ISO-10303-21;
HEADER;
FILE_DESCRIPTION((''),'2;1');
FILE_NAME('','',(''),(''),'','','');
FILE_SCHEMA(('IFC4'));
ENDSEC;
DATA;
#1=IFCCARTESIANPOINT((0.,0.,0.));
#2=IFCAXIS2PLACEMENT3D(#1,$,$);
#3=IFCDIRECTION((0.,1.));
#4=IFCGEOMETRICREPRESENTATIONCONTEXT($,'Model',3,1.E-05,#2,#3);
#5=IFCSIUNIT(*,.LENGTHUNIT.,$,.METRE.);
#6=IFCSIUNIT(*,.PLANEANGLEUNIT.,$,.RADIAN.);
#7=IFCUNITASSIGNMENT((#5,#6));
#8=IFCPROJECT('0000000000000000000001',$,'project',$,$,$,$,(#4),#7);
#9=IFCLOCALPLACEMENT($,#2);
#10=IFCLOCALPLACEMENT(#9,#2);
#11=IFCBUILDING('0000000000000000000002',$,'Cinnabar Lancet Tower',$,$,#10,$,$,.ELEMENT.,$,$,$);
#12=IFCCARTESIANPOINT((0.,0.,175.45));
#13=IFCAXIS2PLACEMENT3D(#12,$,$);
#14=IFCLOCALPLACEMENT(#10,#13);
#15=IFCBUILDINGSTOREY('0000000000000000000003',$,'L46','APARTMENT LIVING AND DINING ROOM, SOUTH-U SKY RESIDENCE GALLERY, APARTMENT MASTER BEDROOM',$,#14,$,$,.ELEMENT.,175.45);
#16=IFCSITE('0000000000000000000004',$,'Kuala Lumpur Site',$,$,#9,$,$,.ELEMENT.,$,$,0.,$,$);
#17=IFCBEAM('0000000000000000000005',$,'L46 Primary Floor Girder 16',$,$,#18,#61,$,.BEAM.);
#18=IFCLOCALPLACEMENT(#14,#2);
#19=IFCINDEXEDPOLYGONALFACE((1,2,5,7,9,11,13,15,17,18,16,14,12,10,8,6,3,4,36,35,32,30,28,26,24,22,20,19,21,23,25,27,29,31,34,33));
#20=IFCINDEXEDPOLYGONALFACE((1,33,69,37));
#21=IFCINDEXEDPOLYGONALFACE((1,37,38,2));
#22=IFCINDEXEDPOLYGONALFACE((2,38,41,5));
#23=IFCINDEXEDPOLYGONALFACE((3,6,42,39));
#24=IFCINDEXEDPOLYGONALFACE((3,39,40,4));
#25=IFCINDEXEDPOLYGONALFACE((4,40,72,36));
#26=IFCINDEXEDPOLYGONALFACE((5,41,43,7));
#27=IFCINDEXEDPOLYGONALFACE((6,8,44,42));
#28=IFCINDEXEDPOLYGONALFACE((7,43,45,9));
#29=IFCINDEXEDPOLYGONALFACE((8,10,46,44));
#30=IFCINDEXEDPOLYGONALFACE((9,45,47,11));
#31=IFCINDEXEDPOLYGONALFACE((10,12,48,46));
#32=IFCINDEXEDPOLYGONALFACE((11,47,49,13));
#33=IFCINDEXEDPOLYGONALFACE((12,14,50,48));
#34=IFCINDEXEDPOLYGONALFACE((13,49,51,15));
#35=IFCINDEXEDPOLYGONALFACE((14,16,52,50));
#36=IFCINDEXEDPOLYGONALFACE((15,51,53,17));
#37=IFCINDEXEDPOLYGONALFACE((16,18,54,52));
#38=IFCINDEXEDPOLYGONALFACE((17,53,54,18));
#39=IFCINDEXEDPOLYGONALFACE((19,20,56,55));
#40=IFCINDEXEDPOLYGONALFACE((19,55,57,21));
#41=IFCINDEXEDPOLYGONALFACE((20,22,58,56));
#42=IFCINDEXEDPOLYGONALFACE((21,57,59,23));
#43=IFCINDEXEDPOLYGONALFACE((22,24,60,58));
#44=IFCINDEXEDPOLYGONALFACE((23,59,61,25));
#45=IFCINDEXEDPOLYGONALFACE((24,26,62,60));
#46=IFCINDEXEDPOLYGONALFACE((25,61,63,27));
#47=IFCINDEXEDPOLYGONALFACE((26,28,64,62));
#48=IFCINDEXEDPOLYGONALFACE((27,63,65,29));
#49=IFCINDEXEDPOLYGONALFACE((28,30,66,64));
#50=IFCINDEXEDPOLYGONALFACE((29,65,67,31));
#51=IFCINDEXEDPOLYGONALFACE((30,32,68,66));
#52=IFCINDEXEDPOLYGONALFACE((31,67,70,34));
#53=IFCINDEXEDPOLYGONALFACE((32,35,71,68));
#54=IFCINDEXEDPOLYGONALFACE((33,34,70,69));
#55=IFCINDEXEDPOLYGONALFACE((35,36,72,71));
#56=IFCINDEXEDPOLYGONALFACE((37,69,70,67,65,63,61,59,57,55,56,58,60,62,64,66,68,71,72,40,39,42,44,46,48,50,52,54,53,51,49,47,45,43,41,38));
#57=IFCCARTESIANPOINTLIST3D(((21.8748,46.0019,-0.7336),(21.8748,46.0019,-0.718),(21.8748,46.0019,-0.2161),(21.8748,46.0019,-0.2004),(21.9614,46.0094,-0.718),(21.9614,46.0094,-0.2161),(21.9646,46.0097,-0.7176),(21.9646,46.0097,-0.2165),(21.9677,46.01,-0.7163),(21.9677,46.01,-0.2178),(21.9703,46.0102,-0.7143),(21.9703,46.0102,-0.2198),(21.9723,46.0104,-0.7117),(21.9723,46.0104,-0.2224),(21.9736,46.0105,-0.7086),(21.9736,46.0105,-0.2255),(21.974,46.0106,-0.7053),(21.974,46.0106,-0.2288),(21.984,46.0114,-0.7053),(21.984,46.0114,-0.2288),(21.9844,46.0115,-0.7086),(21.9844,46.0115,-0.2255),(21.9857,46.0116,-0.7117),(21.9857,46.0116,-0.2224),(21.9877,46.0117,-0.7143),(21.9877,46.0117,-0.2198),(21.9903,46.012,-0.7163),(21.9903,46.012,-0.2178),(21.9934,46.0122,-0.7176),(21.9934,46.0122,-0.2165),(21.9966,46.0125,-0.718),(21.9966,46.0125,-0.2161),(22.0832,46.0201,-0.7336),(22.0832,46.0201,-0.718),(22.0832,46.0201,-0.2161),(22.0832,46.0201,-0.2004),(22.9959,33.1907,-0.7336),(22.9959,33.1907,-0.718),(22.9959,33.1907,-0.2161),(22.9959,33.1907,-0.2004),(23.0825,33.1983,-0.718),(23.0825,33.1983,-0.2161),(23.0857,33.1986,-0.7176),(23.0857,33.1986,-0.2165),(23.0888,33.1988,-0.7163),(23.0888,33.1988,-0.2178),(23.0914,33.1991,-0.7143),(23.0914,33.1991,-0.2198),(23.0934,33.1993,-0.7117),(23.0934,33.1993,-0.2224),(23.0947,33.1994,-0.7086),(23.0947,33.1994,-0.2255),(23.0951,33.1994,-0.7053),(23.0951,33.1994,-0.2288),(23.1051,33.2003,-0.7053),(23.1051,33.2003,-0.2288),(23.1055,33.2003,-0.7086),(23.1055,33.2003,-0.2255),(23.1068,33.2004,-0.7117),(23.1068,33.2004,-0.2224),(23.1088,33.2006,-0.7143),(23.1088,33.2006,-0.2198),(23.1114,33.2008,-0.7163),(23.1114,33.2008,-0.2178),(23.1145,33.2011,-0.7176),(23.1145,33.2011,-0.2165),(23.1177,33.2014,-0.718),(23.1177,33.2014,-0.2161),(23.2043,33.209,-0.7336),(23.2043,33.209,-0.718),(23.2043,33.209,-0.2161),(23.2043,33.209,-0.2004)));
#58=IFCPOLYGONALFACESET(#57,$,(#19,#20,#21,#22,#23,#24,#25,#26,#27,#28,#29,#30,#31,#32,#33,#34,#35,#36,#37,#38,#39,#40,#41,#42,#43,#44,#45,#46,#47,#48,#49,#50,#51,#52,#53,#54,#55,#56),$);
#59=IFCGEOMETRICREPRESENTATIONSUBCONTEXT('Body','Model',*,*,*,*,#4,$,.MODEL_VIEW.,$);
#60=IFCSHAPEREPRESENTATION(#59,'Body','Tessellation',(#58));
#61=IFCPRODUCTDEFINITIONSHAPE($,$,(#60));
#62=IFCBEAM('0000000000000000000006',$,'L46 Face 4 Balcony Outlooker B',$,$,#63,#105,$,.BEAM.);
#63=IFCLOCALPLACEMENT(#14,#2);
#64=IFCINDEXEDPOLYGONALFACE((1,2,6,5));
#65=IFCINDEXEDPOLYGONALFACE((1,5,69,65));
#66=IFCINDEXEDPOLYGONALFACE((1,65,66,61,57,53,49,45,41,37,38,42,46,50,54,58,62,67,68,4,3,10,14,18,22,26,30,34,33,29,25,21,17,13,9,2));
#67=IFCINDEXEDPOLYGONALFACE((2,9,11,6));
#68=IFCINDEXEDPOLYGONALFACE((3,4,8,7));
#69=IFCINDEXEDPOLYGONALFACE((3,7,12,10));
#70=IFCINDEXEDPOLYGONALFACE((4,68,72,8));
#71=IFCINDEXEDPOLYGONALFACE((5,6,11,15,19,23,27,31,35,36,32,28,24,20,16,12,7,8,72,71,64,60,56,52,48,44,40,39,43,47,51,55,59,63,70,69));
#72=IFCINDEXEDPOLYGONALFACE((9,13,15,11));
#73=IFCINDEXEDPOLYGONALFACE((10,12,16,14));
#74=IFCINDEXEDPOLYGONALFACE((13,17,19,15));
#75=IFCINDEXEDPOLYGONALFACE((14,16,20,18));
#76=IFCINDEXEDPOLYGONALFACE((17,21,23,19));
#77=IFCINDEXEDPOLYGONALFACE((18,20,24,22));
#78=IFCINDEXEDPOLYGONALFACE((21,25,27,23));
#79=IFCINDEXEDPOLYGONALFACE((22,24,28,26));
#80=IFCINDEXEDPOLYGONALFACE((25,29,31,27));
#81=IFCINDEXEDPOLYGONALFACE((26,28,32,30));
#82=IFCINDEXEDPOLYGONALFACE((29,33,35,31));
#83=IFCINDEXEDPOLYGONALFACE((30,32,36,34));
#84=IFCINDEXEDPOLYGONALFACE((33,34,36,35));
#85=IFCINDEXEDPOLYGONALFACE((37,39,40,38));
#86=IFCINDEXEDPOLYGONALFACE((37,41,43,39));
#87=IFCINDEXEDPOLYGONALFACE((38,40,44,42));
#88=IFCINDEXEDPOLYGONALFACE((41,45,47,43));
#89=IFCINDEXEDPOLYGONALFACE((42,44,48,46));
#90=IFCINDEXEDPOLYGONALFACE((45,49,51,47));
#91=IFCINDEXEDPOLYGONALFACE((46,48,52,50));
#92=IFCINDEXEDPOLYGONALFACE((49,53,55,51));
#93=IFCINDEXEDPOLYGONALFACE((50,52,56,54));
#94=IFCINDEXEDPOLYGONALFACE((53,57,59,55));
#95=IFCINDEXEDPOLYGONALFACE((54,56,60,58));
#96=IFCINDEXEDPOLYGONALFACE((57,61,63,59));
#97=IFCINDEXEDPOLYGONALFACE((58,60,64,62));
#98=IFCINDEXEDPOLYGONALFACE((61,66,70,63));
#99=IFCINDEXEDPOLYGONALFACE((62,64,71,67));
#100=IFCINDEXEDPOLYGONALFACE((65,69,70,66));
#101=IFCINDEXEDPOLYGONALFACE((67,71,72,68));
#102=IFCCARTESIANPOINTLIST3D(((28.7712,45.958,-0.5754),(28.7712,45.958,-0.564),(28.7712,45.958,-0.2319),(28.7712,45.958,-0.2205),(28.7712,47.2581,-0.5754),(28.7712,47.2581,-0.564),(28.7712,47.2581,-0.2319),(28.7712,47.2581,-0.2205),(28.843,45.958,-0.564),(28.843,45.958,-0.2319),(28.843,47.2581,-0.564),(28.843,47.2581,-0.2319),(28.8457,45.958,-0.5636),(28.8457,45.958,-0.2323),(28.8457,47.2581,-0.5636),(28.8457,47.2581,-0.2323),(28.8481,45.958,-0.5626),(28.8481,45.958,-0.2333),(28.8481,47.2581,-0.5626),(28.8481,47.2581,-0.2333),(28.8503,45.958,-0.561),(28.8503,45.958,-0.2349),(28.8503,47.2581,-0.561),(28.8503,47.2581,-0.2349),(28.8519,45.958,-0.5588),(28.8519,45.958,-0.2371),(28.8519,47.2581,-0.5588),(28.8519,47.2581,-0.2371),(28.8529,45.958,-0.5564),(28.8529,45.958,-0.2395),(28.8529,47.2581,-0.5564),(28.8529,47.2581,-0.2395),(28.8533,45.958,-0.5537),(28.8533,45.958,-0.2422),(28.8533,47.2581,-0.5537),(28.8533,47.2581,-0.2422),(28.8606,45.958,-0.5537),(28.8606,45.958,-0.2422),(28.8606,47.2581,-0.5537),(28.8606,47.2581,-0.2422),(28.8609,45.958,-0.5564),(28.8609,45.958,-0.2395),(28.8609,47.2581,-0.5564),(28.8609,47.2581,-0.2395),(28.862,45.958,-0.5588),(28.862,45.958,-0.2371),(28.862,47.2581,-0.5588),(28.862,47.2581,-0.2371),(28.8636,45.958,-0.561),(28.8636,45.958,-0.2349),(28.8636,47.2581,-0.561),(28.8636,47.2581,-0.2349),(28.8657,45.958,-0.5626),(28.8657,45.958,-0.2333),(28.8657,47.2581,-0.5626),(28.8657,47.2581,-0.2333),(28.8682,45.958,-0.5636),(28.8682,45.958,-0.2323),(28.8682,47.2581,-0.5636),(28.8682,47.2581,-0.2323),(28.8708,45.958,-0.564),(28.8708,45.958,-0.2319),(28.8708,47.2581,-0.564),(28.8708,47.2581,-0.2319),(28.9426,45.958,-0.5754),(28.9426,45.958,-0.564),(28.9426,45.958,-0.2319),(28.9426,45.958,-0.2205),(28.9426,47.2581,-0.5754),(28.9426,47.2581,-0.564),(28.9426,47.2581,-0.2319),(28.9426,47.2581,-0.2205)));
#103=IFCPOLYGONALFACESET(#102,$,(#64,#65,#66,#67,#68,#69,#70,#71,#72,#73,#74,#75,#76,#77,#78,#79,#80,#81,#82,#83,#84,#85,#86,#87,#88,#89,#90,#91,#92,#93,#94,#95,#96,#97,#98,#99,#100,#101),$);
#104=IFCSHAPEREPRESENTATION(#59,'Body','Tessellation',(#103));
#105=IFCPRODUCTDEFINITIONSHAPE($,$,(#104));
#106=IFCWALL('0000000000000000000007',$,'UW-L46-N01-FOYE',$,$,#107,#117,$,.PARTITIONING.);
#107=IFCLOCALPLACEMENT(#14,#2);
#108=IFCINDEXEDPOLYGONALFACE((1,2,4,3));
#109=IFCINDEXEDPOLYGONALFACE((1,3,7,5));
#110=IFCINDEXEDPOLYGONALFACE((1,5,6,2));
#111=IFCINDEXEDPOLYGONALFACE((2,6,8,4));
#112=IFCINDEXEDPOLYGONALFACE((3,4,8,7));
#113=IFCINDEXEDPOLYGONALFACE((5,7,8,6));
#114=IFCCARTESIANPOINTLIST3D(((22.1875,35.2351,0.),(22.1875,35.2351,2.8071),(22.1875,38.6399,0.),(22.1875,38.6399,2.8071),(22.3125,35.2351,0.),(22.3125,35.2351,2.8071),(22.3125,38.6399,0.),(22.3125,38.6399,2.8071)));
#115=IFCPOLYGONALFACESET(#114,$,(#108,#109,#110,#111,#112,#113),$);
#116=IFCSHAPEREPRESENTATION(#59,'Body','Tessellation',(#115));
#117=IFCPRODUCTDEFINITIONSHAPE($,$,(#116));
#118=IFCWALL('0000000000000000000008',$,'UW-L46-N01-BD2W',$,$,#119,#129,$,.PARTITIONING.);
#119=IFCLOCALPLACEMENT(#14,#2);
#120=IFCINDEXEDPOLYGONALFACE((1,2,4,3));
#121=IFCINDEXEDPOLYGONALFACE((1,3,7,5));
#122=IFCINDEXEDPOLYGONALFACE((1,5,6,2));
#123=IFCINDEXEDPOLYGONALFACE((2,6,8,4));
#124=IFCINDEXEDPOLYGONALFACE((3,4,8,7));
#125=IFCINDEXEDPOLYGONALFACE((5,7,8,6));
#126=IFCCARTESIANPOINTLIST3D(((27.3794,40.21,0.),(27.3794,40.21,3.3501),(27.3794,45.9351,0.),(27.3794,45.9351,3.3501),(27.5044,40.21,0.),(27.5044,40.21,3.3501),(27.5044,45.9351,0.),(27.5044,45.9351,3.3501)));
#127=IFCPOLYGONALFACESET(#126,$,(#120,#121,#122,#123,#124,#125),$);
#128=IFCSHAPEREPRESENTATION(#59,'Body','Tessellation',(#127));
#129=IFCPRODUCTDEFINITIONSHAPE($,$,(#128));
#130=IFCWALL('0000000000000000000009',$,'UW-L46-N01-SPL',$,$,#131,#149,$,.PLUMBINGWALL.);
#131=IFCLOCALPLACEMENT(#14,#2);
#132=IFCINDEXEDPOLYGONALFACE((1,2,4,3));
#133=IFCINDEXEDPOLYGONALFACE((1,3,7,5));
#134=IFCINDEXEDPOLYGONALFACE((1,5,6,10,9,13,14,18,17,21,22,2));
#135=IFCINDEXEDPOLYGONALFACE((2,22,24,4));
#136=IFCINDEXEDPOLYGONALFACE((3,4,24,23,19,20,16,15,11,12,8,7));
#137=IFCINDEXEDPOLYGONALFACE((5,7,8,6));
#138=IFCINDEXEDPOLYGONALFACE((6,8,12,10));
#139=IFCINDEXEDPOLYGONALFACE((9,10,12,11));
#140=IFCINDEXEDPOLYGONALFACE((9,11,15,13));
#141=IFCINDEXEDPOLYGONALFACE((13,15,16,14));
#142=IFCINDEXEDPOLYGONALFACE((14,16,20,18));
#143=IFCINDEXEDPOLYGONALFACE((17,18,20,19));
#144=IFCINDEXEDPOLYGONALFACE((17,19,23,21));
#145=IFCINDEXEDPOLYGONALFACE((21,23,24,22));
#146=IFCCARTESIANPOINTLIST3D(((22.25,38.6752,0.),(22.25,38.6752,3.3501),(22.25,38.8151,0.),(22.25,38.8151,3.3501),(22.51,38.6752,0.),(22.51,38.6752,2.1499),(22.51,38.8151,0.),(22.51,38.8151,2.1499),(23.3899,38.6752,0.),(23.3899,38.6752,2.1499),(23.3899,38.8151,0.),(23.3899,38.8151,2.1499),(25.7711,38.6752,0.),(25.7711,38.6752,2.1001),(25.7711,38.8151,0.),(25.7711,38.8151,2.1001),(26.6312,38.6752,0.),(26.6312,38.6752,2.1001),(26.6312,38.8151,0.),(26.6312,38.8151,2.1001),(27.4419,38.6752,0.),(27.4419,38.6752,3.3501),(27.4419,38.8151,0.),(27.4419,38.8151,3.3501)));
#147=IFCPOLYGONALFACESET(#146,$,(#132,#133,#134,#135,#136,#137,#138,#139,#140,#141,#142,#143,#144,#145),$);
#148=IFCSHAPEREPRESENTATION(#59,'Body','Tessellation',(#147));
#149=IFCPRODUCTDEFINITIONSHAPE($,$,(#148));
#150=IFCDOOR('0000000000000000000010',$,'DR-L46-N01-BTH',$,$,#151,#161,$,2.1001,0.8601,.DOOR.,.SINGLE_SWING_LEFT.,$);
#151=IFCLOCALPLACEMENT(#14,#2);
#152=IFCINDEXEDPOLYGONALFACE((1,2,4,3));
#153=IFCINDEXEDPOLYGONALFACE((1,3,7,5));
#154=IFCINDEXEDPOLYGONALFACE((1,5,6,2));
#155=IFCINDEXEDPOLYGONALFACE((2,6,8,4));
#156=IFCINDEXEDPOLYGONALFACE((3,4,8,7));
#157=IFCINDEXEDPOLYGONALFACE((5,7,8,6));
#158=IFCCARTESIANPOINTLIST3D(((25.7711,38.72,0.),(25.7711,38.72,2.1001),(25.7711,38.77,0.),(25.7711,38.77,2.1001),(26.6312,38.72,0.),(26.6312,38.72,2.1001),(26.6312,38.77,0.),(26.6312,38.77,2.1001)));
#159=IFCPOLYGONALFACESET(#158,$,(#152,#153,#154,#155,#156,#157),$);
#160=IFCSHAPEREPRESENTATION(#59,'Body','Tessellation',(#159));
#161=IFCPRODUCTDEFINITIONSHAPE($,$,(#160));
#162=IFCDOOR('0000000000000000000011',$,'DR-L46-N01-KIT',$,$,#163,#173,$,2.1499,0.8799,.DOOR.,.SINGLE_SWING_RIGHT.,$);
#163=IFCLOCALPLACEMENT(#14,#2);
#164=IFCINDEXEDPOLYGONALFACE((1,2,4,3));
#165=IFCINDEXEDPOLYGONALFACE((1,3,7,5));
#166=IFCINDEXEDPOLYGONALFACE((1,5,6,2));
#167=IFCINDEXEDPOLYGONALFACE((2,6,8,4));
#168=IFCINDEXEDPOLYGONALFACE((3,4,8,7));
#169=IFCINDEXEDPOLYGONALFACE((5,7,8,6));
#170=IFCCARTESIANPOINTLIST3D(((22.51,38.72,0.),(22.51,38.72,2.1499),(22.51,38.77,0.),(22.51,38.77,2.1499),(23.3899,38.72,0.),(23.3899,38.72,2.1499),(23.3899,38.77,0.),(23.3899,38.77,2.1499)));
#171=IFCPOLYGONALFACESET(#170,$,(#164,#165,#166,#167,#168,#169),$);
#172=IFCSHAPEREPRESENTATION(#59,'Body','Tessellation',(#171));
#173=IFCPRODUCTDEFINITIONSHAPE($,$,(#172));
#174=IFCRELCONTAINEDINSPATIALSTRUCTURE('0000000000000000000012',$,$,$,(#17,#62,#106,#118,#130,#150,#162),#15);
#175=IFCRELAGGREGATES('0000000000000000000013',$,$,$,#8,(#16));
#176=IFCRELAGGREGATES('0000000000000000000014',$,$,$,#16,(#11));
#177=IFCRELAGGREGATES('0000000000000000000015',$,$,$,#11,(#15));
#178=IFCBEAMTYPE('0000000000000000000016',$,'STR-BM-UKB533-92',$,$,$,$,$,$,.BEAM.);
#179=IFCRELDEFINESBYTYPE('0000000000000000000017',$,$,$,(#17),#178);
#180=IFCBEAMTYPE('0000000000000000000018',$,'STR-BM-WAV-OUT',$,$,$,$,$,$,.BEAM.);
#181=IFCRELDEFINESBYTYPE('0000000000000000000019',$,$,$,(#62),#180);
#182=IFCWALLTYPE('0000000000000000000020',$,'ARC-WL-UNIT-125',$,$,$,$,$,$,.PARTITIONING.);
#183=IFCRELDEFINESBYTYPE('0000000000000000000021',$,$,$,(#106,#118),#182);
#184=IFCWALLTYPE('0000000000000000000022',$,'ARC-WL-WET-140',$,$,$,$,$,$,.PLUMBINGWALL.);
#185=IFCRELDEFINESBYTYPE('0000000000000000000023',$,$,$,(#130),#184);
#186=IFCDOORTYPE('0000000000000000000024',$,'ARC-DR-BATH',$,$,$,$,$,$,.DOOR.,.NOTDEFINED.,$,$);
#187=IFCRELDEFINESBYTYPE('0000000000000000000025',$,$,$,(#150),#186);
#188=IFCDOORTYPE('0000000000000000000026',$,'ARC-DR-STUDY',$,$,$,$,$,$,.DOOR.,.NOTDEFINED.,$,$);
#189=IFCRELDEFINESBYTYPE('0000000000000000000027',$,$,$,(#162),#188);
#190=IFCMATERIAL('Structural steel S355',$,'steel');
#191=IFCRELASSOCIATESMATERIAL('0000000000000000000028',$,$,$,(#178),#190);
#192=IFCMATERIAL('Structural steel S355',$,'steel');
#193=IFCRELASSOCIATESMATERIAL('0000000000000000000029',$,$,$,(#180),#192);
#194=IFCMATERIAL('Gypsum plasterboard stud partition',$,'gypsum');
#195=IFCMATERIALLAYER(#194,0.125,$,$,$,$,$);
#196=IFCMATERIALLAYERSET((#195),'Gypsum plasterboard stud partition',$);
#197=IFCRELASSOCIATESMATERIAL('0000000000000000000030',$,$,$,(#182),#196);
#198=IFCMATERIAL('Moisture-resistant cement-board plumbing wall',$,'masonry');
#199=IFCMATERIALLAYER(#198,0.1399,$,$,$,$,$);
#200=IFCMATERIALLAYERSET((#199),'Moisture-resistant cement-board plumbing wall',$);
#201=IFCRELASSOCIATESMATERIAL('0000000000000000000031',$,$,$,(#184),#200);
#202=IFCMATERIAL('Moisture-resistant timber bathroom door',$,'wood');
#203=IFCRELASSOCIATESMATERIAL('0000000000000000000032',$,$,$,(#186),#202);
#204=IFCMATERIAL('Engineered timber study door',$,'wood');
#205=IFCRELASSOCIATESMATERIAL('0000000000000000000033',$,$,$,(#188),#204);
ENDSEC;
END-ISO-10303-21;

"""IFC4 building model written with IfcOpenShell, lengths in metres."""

from ifc_helpers import new_model, si_unit, direction, frame, frame_2d, origin, origin_2d, place, context, subcontext, project, spatial, rectangle, i_section, extrude, material, layer, layer_set, material_profile, profile_set, type_object, element, fill, save


model = new_model("IFC4")

# Units and contexts
model_context = context("Model", 3, precision=1e-05, world=origin(), true_north=direction((0.0, 1.0)))
body_context = subcontext(model_context, "Body", "Model", "MODEL_VIEW")
ifc_project = project(units=[si_unit("LENGTHUNIT", "METRE"), si_unit("PLANEANGLEUNIT", "RADIAN")], contexts=[model_context])

# Site, building, storey
site_placement = place(None, origin())
site = spatial("IfcSite", under=ifc_project, at=site_placement, Name="Kuala Lumpur Site", CompositionType="ELEMENT", RefElevation=0.0)
building_placement = place(site_placement, origin())
building = spatial("IfcBuilding", under=site, at=building_placement, Name="Cinnabar Lancet Tower", CompositionType="ELEMENT")
storey_placement = place(building_placement, frame((0.0, 0.0, 175.45)))
storey = spatial("IfcBuildingStorey", under=building, at=storey_placement, Name="L46", Description="APARTMENT LIVING AND DINING ROOM, SOUTH-U SKY RESIDENCE GALLERY, APARTMENT MASTER BEDROOM", CompositionType="ELEMENT", Elevation=175.45)

# Beams
ifc_material_1 = material(Name="Structural steel S355", Category="steel")
ifc_material_profile_1 = material_profile(ifc_material_1, i_section(OverallWidth=0.2092, OverallDepth=0.5332, WebThickness=0.01, FlangeThickness=0.0156, FilletRadius=0.0127, at=origin_2d()), Name="UKB 533x210x92")
ifc_profile_set_1 = profile_set([ifc_material_profile_1], Name="Structural steel S355")
beam_type_1 = type_object("IfcBeamType", Name="STR-BM-UKB533-92", PredefinedType="BEAM", material=ifc_profile_set_1)
beam_1_placement = place(storey_placement, frame((21.979, 46.011, -0.467), z_axis=(0.087177, -0.996193, 0.0), x_axis=(0.996193, 0.087177, 0.0)))
element("IfcBeam", 1, at=beam_1_placement, inside=storey, type_object=beam_type_1, Name="L46 Primary Floor Girder 16", PredefinedType="BEAM", context=body_context, shape_type="SweptSolid", body=[
    extrude(i_section(OverallWidth=0.2092, OverallDepth=0.5332, WebThickness=0.01, FlangeThickness=0.0156, FilletRadius=0.0127, at=origin_2d()), origin(), (0.0, 0.0, 1.0), 12.8601),
])
ifc_material_2 = material(Name="Structural steel S355", Category="steel")
ifc_material_profile_2 = material_profile(ifc_material_2, i_section(OverallWidth=0.1714, OverallDepth=0.355, WebThickness=0.0073, FlangeThickness=0.0115, FilletRadius=0.0103, at=origin_2d()), Name="UKB 356x171x51")
ifc_profile_set_2 = profile_set([ifc_material_profile_2], Name="Structural steel S355")
beam_type_2 = type_object("IfcBeamType", Name="STR-BM-WAV-OUT", PredefinedType="BEAM", material=ifc_profile_set_2)
beam_2_placement = place(storey_placement, frame((28.8569, 45.958, -0.3979), z_axis=(0.0, 1.0, 0.0), x_axis=(-1.0, 0.0, 0.0)))
element("IfcBeam", 2, at=beam_2_placement, inside=storey, type_object=beam_type_2, Name="L46 Face 4 Balcony Outlooker B", PredefinedType="BEAM", context=body_context, shape_type="SweptSolid", body=[
    extrude(i_section(OverallWidth=0.1714, OverallDepth=0.355, WebThickness=0.0073, FlangeThickness=0.0115, FilletRadius=0.0103, at=origin_2d()), origin(), (0.0, 0.0, 1.0), 1.3),
])

# Walls
ifc_material_3 = material(Name="Gypsum plasterboard stud partition", Category="gypsum")
ifc_layer_1 = layer(ifc_material_3, 0.125)
ifc_layer_set_1 = layer_set([ifc_layer_1], Name="Gypsum plasterboard stud partition")
wall_type_1 = type_object("IfcWallType", Name="ARC-WL-UNIT-125", PredefinedType="PARTITIONING", material=ifc_layer_set_1)
wall_1_placement = place(storey_placement, frame((22.25, 35.2351, 0.0), z_axis=(0.0, 0.0, 1.0), x_axis=(0.0, 1.0, 0.0)))
element("IfcWall", 3, at=wall_1_placement, inside=storey, type_object=wall_type_1, Name="UW-L46-N01-FOYE", PredefinedType="PARTITIONING", context=body_context, shape_type="SweptSolid", body=[
    extrude(rectangle(XDim=3.4048, YDim=0.125, at=frame_2d((1.7024, 0.0))), origin(), (0.0, 0.0, 1.0), 2.8071),
])
wall_2_placement = place(storey_placement, frame((27.4419, 40.21, 0.0), z_axis=(0.0, 0.0, 1.0), x_axis=(0.0, 1.0, 0.0)))
element("IfcWall", 4, at=wall_2_placement, inside=storey, type_object=wall_type_1, Name="UW-L46-N01-BD2W", PredefinedType="PARTITIONING", context=body_context, shape_type="SweptSolid", body=[
    extrude(rectangle(XDim=5.7251, YDim=0.125, at=frame_2d((2.8625, 0.0))), origin(), (0.0, 0.0, 1.0), 3.3501),
])

# Wall, openings, doors
ifc_material_4 = material(Name="Moisture-resistant cement-board plumbing wall", Category="masonry")
ifc_layer_2 = layer(ifc_material_4, 0.1399)
ifc_layer_set_2 = layer_set([ifc_layer_2], Name="Moisture-resistant cement-board plumbing wall")
wall_type_2 = type_object("IfcWallType", Name="ARC-WL-WET-140", PredefinedType="PLUMBINGWALL", material=ifc_layer_set_2)
wall_3_placement = place(storey_placement, frame((22.25, 38.7451, 0.0), z_axis=(0.0, 0.0, 1.0), x_axis=(1.0, 0.0, 0.0)))
wall_3 = element("IfcWall", 5, at=wall_3_placement, inside=storey, type_object=wall_type_2, Name="UW-L46-N01-SPL", PredefinedType="PLUMBINGWALL", context=body_context, shape_type="SweptSolid", body=[
    extrude(rectangle(XDim=5.1919, YDim=0.1399, at=frame_2d((2.5959, 0.0))), origin(), (0.0, 0.0, 1.0), 3.3501),
])
opening_1_placement = place(wall_3_placement, frame((3.521, 0.0, 0.0)))
opening_1 = element("IfcOpeningElement", 6, at=opening_1_placement, cuts=wall_3, PredefinedType="OPENING", context=body_context, shape_type="SweptSolid", body=[
    extrude(rectangle(XDim=0.8601, YDim=2.1001, at=frame_2d((0.4302, 1.05))), frame((0.0, 0.0798, 0.0), z_axis=(0.0, -1.0, 0.0), x_axis=(1.0, 0.0, 0.0)), (0.0, 0.0, 1.0), 0.1599),
])
opening_2_placement = place(wall_3_placement, frame((0.26, 0.0, 0.0)))
opening_2 = element("IfcOpeningElement", 7, at=opening_2_placement, cuts=wall_3, PredefinedType="OPENING", context=body_context, shape_type="SweptSolid", body=[
    extrude(rectangle(XDim=0.8799, YDim=2.1499, at=frame_2d((0.4399, 1.075))), frame((0.0, 0.0798, 0.0), z_axis=(0.0, -1.0, 0.0), x_axis=(1.0, 0.0, 0.0)), (0.0, 0.0, 1.0), 0.1599),
])
ifc_material_5 = material(Name="Moisture-resistant timber bathroom door", Category="wood")
door_type_1 = type_object("IfcDoorType", Name="ARC-DR-BATH", OperationType="NOTDEFINED", PredefinedType="DOOR", material=ifc_material_5)
door_1_placement = place(opening_1_placement, origin())
door_1 = element("IfcDoor", 8, at=door_1_placement, inside=storey, type_object=door_type_1, Name="DR-L46-N01-BTH", OperationType="SINGLE_SWING_LEFT", OverallHeight=2.1001, OverallWidth=0.8601, PredefinedType="DOOR", context=body_context, shape_type="SweptSolid", body=[
    extrude(rectangle(XDim=0.8601, YDim=2.1001, at=frame_2d((0.4302, 1.05))), frame((0.0, 0.0249, 0.0), z_axis=(0.0, -1.0, 0.0), x_axis=(1.0, 0.0, 0.0)), (0.0, 0.0, 1.0), 0.05),
])
fill(opening_1, door_1)
ifc_material_6 = material(Name="Engineered timber study door", Category="wood")
door_type_2 = type_object("IfcDoorType", Name="ARC-DR-STUDY", OperationType="NOTDEFINED", PredefinedType="DOOR", material=ifc_material_6)
door_2_placement = place(opening_2_placement, origin())
door_2 = element("IfcDoor", 9, at=door_2_placement, inside=storey, type_object=door_type_2, Name="DR-L46-N01-KIT", OperationType="SINGLE_SWING_RIGHT", OverallHeight=2.1499, OverallWidth=0.8799, PredefinedType="DOOR", context=body_context, shape_type="SweptSolid", body=[
    extrude(rectangle(XDim=0.8799, YDim=2.1499, at=frame_2d((0.4399, 1.075))), frame((0.0, 0.0249, 0.0), z_axis=(0.0, -1.0, 0.0), x_axis=(1.0, 0.0, 0.0)), (0.0, 0.0, 1.0), 0.05),
])
fill(opening_2, door_2)

save(model, "model.ifc")
